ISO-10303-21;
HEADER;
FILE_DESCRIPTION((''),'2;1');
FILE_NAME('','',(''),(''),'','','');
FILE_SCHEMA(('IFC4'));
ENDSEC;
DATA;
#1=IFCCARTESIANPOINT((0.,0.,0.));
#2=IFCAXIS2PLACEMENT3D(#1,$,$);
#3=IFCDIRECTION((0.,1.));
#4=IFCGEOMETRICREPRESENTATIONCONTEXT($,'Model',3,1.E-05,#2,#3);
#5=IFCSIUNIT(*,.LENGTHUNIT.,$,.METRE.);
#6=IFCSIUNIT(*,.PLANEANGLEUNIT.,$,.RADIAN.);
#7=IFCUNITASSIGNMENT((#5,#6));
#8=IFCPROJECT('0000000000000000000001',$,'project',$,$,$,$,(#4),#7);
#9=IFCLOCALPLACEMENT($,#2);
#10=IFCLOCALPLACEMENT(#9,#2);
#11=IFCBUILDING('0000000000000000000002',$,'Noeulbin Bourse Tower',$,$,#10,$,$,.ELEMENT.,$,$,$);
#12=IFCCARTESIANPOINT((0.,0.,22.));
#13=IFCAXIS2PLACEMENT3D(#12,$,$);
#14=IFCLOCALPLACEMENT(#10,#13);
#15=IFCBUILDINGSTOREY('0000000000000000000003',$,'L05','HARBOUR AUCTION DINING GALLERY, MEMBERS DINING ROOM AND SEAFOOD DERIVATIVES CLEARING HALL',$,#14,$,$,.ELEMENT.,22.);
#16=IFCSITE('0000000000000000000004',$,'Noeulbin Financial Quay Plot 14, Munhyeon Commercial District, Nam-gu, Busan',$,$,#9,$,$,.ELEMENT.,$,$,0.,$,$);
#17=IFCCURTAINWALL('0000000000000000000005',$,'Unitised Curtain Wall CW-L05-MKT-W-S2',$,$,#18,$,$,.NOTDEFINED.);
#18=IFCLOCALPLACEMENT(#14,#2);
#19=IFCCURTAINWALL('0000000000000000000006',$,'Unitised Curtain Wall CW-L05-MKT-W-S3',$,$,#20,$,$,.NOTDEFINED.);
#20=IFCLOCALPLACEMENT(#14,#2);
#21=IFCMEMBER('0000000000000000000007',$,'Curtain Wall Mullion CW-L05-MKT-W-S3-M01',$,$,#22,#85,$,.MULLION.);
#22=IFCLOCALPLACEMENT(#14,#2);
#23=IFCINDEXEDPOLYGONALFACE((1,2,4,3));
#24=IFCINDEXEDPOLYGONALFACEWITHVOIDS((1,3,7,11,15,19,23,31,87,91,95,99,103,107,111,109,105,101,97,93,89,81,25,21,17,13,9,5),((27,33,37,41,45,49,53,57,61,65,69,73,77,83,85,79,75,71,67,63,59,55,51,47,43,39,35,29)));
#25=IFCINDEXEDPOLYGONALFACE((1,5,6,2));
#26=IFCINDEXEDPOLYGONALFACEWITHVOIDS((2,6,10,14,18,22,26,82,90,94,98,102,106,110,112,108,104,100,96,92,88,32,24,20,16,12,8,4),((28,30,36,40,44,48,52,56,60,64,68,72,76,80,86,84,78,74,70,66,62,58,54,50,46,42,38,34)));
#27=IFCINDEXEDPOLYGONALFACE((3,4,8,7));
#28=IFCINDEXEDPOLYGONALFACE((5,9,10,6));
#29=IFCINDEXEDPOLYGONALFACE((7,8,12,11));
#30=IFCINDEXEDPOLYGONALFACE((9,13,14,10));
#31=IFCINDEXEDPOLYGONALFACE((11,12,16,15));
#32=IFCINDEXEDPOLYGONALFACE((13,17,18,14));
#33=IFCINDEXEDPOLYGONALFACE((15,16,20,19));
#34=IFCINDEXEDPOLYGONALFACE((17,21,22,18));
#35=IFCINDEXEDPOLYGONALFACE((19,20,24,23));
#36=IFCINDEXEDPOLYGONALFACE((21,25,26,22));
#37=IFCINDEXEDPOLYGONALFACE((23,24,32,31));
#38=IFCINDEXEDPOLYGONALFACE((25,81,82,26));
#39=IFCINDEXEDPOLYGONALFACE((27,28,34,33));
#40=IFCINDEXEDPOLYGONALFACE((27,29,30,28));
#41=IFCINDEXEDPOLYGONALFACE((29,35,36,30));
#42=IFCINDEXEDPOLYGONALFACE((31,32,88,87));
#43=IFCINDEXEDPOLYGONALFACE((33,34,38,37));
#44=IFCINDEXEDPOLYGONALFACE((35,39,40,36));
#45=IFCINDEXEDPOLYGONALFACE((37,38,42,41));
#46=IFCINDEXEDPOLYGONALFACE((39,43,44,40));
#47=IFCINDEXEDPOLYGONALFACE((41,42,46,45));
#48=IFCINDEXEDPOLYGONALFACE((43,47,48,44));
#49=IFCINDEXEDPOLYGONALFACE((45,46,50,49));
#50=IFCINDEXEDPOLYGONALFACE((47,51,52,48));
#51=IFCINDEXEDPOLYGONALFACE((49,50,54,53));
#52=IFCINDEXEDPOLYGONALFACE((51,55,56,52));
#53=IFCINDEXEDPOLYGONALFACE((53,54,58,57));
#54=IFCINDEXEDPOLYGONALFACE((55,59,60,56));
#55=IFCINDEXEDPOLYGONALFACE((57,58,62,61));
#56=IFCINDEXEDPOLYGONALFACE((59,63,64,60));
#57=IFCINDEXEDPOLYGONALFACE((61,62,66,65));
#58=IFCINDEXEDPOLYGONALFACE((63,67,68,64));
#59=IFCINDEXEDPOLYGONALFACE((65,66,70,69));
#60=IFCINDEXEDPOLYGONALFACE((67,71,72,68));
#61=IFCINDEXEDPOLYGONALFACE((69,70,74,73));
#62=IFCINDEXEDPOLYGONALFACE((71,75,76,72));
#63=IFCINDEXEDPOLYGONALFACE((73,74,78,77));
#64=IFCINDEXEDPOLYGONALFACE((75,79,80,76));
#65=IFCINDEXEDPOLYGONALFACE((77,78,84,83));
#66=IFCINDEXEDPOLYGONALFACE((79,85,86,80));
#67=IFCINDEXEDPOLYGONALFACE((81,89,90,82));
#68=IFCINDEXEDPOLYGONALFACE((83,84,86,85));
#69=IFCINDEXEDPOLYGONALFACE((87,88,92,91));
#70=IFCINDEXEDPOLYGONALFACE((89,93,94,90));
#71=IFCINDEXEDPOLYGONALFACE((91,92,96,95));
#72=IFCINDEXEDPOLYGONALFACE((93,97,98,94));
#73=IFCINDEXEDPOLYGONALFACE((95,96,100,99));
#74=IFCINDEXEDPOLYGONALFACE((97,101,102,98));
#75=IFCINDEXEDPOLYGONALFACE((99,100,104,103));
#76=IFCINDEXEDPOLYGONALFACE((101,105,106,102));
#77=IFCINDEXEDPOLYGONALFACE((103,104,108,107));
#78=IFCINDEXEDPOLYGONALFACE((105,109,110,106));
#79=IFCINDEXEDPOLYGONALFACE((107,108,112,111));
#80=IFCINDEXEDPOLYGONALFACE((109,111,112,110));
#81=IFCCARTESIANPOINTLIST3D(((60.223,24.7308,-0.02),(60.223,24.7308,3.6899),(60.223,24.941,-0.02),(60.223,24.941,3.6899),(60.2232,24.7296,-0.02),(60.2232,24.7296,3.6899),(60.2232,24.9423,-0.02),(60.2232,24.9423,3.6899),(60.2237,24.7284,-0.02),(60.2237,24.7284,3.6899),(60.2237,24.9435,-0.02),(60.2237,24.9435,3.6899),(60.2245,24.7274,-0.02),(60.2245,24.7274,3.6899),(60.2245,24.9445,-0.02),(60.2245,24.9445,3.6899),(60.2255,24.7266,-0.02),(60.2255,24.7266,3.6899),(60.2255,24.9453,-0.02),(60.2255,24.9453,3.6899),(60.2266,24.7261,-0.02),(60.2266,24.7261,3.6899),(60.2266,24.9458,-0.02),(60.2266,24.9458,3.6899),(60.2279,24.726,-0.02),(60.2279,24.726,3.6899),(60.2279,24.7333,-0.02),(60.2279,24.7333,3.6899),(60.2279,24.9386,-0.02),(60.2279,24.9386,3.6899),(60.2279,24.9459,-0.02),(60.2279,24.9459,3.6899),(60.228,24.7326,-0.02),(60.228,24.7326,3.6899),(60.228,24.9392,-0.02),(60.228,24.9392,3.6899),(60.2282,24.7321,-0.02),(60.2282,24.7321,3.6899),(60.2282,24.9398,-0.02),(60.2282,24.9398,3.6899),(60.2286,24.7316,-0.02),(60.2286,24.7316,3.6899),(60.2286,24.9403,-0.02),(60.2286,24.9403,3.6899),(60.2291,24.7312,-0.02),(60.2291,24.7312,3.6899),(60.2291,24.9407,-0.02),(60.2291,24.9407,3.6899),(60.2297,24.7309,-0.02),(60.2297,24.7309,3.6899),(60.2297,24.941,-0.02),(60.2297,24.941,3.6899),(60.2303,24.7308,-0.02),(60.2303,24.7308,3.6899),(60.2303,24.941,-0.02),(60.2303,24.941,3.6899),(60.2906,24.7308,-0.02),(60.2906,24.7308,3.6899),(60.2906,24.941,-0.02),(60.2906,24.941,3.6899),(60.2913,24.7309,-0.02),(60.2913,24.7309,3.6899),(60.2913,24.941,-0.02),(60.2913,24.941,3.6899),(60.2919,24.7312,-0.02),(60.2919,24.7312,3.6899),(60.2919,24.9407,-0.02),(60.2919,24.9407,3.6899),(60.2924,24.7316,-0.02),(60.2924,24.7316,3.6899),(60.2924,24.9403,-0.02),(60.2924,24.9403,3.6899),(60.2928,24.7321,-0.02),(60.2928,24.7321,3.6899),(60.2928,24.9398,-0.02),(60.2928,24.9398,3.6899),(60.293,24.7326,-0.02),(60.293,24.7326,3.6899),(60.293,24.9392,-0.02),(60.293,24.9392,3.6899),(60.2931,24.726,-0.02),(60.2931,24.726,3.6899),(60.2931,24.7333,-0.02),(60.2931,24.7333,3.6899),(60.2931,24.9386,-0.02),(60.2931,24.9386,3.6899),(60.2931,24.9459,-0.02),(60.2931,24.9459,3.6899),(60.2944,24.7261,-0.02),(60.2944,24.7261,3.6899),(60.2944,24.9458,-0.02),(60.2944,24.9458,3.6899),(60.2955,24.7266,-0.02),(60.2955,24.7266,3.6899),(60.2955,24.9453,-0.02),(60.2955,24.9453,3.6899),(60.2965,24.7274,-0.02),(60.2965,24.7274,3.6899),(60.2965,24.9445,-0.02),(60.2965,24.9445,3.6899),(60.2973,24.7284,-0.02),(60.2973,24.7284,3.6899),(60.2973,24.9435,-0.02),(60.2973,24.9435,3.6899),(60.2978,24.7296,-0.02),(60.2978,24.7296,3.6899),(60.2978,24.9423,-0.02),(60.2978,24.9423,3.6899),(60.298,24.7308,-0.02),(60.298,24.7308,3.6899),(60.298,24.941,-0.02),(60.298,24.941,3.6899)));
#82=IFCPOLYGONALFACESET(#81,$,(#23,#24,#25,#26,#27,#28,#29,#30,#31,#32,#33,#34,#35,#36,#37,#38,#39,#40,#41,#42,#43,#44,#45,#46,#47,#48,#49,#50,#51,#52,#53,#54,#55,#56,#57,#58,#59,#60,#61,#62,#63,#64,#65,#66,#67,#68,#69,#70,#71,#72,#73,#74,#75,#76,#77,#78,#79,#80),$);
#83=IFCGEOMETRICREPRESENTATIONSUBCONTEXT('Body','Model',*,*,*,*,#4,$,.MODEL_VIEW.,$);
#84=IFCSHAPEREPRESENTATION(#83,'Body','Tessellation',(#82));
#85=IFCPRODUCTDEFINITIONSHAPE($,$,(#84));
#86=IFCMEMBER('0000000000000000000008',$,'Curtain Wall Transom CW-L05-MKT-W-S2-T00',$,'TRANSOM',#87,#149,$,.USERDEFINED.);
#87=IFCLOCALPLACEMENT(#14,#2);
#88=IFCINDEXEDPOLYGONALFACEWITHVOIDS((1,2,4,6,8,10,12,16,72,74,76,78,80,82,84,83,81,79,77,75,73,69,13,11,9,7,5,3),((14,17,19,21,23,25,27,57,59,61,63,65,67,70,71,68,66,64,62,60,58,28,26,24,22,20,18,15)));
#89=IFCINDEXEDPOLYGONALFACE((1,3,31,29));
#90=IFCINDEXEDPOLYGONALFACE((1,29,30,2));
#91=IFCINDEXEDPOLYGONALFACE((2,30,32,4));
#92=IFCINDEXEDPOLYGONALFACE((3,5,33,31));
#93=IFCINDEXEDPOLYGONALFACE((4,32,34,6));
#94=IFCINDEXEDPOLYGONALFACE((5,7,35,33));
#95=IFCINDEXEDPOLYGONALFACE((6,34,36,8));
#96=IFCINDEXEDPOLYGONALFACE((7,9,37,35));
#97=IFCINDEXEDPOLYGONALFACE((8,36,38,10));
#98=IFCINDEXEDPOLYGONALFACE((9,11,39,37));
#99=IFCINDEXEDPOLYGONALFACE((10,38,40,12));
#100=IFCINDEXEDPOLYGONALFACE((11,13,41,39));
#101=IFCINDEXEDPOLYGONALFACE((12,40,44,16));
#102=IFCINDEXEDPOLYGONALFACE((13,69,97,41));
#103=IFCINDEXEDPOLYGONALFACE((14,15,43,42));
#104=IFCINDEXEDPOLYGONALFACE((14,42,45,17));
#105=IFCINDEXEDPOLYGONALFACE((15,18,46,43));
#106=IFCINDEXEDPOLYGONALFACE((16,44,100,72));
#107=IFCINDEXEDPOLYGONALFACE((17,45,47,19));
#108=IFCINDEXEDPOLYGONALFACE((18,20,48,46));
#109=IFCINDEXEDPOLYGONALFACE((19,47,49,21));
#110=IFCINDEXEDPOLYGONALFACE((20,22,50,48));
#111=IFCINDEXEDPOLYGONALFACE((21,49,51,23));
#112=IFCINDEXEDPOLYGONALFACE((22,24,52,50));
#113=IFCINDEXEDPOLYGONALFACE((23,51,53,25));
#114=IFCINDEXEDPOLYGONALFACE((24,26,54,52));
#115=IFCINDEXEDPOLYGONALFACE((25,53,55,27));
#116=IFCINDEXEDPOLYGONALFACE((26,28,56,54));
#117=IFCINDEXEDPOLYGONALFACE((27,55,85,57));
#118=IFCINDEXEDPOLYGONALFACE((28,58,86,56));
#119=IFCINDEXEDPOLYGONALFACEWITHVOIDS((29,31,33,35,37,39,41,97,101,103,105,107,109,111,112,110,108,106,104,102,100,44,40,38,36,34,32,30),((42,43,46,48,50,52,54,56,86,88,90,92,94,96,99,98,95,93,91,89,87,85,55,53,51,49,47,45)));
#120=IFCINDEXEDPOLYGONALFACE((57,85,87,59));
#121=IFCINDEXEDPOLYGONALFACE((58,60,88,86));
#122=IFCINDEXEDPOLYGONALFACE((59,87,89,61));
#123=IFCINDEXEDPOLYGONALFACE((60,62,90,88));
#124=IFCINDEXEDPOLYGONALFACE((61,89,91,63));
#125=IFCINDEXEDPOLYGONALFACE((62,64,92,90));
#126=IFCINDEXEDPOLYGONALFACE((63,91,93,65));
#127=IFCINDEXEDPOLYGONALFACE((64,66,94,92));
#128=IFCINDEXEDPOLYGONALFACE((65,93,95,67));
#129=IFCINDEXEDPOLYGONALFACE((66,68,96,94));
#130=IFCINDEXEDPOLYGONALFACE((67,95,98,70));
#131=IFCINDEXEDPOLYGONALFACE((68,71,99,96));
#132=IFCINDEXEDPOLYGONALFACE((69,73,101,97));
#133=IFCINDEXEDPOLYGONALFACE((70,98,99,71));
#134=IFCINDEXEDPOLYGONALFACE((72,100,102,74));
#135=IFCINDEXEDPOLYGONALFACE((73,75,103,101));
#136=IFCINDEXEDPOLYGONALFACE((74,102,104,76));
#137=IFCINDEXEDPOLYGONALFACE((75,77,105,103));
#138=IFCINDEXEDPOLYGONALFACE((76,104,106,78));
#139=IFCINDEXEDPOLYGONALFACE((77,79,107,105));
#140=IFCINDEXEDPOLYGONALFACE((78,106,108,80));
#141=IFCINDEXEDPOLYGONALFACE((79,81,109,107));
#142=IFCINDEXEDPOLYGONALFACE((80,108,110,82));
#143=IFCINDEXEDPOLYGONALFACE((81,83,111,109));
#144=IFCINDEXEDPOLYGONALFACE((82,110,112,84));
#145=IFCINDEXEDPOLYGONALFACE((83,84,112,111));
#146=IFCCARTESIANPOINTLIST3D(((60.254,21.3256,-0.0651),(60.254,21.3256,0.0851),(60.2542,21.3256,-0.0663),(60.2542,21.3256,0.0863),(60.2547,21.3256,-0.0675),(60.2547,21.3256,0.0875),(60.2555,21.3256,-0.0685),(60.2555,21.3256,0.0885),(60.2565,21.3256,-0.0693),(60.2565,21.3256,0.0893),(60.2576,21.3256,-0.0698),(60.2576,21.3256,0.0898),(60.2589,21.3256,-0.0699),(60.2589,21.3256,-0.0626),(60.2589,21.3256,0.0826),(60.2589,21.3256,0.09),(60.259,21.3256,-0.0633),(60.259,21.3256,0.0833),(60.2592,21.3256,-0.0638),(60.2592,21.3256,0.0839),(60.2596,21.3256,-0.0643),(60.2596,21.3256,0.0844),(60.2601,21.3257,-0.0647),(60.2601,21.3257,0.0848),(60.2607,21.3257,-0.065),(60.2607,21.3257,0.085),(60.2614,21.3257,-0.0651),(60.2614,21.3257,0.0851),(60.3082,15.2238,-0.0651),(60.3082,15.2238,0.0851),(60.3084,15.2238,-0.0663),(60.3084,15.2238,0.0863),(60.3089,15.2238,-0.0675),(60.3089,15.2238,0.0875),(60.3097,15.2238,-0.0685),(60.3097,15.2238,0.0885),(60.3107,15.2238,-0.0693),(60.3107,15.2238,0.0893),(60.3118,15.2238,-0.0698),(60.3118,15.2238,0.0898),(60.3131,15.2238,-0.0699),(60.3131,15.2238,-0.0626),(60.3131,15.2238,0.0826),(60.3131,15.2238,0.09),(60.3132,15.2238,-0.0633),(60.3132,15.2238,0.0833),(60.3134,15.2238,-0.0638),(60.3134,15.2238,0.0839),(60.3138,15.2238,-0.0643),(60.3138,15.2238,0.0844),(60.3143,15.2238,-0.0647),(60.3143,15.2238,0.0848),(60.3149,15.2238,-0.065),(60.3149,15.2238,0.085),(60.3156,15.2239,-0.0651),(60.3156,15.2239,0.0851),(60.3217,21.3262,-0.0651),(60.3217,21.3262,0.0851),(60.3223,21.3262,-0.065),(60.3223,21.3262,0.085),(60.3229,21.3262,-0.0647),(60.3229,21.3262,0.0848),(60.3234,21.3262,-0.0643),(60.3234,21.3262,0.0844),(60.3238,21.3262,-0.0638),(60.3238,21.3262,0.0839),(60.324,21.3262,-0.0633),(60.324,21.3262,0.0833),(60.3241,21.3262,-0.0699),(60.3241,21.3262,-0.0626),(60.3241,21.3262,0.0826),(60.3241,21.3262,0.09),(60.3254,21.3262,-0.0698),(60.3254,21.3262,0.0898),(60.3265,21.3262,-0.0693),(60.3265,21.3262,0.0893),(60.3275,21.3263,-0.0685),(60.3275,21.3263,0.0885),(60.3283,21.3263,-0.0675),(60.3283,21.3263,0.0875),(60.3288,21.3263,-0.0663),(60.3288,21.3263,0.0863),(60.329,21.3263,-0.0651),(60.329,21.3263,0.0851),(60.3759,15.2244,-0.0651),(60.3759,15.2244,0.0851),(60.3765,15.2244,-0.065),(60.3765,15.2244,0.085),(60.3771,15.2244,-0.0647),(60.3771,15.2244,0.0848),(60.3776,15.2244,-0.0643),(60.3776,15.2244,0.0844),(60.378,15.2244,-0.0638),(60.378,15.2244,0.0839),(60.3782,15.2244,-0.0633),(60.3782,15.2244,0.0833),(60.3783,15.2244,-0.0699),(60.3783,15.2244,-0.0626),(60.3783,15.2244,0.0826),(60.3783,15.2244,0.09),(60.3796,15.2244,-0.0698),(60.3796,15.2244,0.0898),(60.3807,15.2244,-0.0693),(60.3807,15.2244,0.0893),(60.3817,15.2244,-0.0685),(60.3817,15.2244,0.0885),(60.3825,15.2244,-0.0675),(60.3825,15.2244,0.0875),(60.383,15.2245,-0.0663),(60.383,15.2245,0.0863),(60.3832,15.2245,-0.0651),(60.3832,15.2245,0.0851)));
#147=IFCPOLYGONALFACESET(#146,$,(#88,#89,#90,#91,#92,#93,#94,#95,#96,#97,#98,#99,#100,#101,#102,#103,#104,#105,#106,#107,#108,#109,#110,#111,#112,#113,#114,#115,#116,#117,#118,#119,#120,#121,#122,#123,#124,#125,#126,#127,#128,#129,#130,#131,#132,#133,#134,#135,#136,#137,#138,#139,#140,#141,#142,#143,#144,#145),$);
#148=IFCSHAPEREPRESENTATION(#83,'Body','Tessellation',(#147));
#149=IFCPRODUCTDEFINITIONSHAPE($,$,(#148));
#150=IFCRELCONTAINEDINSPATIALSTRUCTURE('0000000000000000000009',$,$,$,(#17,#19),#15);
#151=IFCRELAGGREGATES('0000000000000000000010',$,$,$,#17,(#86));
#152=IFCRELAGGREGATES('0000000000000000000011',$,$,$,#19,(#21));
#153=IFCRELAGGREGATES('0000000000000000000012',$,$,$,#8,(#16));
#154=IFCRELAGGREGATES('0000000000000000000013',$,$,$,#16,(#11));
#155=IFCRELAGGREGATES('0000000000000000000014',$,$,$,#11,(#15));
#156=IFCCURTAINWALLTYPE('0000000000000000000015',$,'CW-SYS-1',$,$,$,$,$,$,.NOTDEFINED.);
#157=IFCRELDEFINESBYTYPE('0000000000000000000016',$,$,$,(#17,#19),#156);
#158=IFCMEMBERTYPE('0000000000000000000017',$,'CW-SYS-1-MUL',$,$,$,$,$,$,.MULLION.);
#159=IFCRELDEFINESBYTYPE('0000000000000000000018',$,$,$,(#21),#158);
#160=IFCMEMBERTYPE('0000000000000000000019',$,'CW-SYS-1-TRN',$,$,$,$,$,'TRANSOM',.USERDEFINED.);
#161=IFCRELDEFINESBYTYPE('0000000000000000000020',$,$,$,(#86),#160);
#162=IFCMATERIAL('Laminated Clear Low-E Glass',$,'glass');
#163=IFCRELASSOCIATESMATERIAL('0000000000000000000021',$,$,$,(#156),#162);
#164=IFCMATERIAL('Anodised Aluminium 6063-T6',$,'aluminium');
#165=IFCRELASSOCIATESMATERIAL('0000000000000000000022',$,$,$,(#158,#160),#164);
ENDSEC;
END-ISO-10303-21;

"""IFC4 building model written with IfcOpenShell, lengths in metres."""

from ifc_helpers import new_model, si_unit, direction, frame, origin, origin_2d, place, context, subcontext, project, spatial, hollow_rectangle, extrude, material, material_profile, profile_set, type_object, element, aggregate, save


model = new_model("IFC4")

# Units and contexts
model_context = context("Model", 3, precision=1e-05, world=origin(), true_north=direction((0.0, 1.0)))
body_context = subcontext(model_context, "Body", "Model", "MODEL_VIEW")
ifc_project = project(units=[si_unit("LENGTHUNIT", "METRE"), si_unit("PLANEANGLEUNIT", "RADIAN")], contexts=[model_context])

# Site, building, storey
site_placement = place(None, origin())
site = spatial("IfcSite", under=ifc_project, at=site_placement, Name="Noeulbin Financial Quay Plot 14, Munhyeon Commercial District, Nam-gu, Busan", CompositionType="ELEMENT", RefElevation=0.0)
building_placement = place(site_placement, origin())
building = spatial("IfcBuilding", under=site, at=building_placement, Name="Noeulbin Bourse Tower", CompositionType="ELEMENT")
storey_placement = place(building_placement, frame((0.0, 0.0, 22.0)))
storey = spatial("IfcBuildingStorey", under=building, at=storey_placement, Name="L05", Description="HARBOUR AUCTION DINING GALLERY, MEMBERS DINING ROOM AND SEAFOOD DERIVATIVES CLEARING HALL", CompositionType="ELEMENT", Elevation=22.0)

# Curtain wall
ifc_material_1 = material(Name="Laminated Clear Low-E Glass", Category="glass")
curtain_wall_type_1 = type_object("IfcCurtainWallType", Name="CW-SYS-1", PredefinedType="NOTDEFINED", material=ifc_material_1)
curtain_wall_1_placement = place(storey_placement, origin())
curtain_wall_1 = element("IfcCurtainWall", 1, at=curtain_wall_1_placement, inside=storey, type_object=curtain_wall_type_1, Name="Unitised Curtain Wall CW-L05-MKT-W-S2", PredefinedType="NOTDEFINED")
ifc_material_2 = material(Name="Anodised Aluminium 6063-T6", Category="aluminium")
ifc_material_profile_1 = material_profile(ifc_material_2, hollow_rectangle(XDim=0.075, YDim=0.22, WallThickness=0.0049, InnerFilletRadius=0.0024, OuterFilletRadius=0.0049, at=origin_2d()), Name="ALU-MULL-75x220x5", Category="LoadBearing")
ifc_profile_set_1 = profile_set([ifc_material_profile_1], Name="Anodised Aluminium 6063-T6")
member_type_1 = type_object("IfcMemberType", Name="CW-SYS-1-MUL", PredefinedType="MULLION", material=ifc_profile_set_1)

# Curtain wall, member
curtain_wall_2_placement = place(storey_placement, origin())
curtain_wall_2 = element("IfcCurtainWall", 2, at=curtain_wall_2_placement, inside=storey, type_object=curtain_wall_type_1, Name="Unitised Curtain Wall CW-L05-MKT-W-S3", PredefinedType="NOTDEFINED")
member_1_placement = place(storey_placement, frame((60.2605, 24.8359, -0.02), z_axis=(0.0, 0.0, 1.0), x_axis=(1.0, 0.0, 0.0)))
member_1 = element("IfcMember", 3, at=member_1_placement, type_object=member_type_1, Name="Curtain Wall Mullion CW-L05-MKT-W-S3-M01", PredefinedType="MULLION", context=body_context, shape_type="SweptSolid", body=[
    extrude(hollow_rectangle(XDim=0.075, YDim=0.22, WallThickness=0.0049, InnerFilletRadius=0.0024, OuterFilletRadius=0.0049, at=origin_2d()), origin(), (0.0, 0.0, 1.0), 3.71),
])

# Member
ifc_material_profile_2 = material_profile(ifc_material_2, hollow_rectangle(XDim=0.075, YDim=0.1599, WallThickness=0.0049, InnerFilletRadius=0.0024, OuterFilletRadius=0.0049, at=origin_2d()), Name="ALU-TRAN-75x160x5", Category="LoadBearing")
ifc_profile_set_2 = profile_set([ifc_material_profile_2], Name="Anodised Aluminium 6063-T6")
member_type_2 = type_object("IfcMemberType", Name="CW-SYS-1-TRN", ElementType="TRANSOM", PredefinedType="USERDEFINED", material=ifc_profile_set_2)
member_2_placement = place(storey_placement, frame((60.3457, 15.2241, 0.01), z_axis=(-0.008882, 0.999961, 0.0), x_axis=(-0.999961, -0.008882, 0.0)))
member_2 = element("IfcMember", 4, at=member_2_placement, type_object=member_type_2, Name="Curtain Wall Transom CW-L05-MKT-W-S2-T00", ObjectType="TRANSOM", PredefinedType="USERDEFINED", context=body_context, shape_type="SweptSolid", body=[
    extrude(hollow_rectangle(XDim=0.075, YDim=0.1599, WallThickness=0.0049, InnerFilletRadius=0.0024, OuterFilletRadius=0.0049, at=origin_2d()), origin(), (0.0, 0.0, 1.0), 6.1021),
])

aggregate(curtain_wall_1, [member_2])
aggregate(curtain_wall_2, [member_1])

save(model, "model.ifc")
